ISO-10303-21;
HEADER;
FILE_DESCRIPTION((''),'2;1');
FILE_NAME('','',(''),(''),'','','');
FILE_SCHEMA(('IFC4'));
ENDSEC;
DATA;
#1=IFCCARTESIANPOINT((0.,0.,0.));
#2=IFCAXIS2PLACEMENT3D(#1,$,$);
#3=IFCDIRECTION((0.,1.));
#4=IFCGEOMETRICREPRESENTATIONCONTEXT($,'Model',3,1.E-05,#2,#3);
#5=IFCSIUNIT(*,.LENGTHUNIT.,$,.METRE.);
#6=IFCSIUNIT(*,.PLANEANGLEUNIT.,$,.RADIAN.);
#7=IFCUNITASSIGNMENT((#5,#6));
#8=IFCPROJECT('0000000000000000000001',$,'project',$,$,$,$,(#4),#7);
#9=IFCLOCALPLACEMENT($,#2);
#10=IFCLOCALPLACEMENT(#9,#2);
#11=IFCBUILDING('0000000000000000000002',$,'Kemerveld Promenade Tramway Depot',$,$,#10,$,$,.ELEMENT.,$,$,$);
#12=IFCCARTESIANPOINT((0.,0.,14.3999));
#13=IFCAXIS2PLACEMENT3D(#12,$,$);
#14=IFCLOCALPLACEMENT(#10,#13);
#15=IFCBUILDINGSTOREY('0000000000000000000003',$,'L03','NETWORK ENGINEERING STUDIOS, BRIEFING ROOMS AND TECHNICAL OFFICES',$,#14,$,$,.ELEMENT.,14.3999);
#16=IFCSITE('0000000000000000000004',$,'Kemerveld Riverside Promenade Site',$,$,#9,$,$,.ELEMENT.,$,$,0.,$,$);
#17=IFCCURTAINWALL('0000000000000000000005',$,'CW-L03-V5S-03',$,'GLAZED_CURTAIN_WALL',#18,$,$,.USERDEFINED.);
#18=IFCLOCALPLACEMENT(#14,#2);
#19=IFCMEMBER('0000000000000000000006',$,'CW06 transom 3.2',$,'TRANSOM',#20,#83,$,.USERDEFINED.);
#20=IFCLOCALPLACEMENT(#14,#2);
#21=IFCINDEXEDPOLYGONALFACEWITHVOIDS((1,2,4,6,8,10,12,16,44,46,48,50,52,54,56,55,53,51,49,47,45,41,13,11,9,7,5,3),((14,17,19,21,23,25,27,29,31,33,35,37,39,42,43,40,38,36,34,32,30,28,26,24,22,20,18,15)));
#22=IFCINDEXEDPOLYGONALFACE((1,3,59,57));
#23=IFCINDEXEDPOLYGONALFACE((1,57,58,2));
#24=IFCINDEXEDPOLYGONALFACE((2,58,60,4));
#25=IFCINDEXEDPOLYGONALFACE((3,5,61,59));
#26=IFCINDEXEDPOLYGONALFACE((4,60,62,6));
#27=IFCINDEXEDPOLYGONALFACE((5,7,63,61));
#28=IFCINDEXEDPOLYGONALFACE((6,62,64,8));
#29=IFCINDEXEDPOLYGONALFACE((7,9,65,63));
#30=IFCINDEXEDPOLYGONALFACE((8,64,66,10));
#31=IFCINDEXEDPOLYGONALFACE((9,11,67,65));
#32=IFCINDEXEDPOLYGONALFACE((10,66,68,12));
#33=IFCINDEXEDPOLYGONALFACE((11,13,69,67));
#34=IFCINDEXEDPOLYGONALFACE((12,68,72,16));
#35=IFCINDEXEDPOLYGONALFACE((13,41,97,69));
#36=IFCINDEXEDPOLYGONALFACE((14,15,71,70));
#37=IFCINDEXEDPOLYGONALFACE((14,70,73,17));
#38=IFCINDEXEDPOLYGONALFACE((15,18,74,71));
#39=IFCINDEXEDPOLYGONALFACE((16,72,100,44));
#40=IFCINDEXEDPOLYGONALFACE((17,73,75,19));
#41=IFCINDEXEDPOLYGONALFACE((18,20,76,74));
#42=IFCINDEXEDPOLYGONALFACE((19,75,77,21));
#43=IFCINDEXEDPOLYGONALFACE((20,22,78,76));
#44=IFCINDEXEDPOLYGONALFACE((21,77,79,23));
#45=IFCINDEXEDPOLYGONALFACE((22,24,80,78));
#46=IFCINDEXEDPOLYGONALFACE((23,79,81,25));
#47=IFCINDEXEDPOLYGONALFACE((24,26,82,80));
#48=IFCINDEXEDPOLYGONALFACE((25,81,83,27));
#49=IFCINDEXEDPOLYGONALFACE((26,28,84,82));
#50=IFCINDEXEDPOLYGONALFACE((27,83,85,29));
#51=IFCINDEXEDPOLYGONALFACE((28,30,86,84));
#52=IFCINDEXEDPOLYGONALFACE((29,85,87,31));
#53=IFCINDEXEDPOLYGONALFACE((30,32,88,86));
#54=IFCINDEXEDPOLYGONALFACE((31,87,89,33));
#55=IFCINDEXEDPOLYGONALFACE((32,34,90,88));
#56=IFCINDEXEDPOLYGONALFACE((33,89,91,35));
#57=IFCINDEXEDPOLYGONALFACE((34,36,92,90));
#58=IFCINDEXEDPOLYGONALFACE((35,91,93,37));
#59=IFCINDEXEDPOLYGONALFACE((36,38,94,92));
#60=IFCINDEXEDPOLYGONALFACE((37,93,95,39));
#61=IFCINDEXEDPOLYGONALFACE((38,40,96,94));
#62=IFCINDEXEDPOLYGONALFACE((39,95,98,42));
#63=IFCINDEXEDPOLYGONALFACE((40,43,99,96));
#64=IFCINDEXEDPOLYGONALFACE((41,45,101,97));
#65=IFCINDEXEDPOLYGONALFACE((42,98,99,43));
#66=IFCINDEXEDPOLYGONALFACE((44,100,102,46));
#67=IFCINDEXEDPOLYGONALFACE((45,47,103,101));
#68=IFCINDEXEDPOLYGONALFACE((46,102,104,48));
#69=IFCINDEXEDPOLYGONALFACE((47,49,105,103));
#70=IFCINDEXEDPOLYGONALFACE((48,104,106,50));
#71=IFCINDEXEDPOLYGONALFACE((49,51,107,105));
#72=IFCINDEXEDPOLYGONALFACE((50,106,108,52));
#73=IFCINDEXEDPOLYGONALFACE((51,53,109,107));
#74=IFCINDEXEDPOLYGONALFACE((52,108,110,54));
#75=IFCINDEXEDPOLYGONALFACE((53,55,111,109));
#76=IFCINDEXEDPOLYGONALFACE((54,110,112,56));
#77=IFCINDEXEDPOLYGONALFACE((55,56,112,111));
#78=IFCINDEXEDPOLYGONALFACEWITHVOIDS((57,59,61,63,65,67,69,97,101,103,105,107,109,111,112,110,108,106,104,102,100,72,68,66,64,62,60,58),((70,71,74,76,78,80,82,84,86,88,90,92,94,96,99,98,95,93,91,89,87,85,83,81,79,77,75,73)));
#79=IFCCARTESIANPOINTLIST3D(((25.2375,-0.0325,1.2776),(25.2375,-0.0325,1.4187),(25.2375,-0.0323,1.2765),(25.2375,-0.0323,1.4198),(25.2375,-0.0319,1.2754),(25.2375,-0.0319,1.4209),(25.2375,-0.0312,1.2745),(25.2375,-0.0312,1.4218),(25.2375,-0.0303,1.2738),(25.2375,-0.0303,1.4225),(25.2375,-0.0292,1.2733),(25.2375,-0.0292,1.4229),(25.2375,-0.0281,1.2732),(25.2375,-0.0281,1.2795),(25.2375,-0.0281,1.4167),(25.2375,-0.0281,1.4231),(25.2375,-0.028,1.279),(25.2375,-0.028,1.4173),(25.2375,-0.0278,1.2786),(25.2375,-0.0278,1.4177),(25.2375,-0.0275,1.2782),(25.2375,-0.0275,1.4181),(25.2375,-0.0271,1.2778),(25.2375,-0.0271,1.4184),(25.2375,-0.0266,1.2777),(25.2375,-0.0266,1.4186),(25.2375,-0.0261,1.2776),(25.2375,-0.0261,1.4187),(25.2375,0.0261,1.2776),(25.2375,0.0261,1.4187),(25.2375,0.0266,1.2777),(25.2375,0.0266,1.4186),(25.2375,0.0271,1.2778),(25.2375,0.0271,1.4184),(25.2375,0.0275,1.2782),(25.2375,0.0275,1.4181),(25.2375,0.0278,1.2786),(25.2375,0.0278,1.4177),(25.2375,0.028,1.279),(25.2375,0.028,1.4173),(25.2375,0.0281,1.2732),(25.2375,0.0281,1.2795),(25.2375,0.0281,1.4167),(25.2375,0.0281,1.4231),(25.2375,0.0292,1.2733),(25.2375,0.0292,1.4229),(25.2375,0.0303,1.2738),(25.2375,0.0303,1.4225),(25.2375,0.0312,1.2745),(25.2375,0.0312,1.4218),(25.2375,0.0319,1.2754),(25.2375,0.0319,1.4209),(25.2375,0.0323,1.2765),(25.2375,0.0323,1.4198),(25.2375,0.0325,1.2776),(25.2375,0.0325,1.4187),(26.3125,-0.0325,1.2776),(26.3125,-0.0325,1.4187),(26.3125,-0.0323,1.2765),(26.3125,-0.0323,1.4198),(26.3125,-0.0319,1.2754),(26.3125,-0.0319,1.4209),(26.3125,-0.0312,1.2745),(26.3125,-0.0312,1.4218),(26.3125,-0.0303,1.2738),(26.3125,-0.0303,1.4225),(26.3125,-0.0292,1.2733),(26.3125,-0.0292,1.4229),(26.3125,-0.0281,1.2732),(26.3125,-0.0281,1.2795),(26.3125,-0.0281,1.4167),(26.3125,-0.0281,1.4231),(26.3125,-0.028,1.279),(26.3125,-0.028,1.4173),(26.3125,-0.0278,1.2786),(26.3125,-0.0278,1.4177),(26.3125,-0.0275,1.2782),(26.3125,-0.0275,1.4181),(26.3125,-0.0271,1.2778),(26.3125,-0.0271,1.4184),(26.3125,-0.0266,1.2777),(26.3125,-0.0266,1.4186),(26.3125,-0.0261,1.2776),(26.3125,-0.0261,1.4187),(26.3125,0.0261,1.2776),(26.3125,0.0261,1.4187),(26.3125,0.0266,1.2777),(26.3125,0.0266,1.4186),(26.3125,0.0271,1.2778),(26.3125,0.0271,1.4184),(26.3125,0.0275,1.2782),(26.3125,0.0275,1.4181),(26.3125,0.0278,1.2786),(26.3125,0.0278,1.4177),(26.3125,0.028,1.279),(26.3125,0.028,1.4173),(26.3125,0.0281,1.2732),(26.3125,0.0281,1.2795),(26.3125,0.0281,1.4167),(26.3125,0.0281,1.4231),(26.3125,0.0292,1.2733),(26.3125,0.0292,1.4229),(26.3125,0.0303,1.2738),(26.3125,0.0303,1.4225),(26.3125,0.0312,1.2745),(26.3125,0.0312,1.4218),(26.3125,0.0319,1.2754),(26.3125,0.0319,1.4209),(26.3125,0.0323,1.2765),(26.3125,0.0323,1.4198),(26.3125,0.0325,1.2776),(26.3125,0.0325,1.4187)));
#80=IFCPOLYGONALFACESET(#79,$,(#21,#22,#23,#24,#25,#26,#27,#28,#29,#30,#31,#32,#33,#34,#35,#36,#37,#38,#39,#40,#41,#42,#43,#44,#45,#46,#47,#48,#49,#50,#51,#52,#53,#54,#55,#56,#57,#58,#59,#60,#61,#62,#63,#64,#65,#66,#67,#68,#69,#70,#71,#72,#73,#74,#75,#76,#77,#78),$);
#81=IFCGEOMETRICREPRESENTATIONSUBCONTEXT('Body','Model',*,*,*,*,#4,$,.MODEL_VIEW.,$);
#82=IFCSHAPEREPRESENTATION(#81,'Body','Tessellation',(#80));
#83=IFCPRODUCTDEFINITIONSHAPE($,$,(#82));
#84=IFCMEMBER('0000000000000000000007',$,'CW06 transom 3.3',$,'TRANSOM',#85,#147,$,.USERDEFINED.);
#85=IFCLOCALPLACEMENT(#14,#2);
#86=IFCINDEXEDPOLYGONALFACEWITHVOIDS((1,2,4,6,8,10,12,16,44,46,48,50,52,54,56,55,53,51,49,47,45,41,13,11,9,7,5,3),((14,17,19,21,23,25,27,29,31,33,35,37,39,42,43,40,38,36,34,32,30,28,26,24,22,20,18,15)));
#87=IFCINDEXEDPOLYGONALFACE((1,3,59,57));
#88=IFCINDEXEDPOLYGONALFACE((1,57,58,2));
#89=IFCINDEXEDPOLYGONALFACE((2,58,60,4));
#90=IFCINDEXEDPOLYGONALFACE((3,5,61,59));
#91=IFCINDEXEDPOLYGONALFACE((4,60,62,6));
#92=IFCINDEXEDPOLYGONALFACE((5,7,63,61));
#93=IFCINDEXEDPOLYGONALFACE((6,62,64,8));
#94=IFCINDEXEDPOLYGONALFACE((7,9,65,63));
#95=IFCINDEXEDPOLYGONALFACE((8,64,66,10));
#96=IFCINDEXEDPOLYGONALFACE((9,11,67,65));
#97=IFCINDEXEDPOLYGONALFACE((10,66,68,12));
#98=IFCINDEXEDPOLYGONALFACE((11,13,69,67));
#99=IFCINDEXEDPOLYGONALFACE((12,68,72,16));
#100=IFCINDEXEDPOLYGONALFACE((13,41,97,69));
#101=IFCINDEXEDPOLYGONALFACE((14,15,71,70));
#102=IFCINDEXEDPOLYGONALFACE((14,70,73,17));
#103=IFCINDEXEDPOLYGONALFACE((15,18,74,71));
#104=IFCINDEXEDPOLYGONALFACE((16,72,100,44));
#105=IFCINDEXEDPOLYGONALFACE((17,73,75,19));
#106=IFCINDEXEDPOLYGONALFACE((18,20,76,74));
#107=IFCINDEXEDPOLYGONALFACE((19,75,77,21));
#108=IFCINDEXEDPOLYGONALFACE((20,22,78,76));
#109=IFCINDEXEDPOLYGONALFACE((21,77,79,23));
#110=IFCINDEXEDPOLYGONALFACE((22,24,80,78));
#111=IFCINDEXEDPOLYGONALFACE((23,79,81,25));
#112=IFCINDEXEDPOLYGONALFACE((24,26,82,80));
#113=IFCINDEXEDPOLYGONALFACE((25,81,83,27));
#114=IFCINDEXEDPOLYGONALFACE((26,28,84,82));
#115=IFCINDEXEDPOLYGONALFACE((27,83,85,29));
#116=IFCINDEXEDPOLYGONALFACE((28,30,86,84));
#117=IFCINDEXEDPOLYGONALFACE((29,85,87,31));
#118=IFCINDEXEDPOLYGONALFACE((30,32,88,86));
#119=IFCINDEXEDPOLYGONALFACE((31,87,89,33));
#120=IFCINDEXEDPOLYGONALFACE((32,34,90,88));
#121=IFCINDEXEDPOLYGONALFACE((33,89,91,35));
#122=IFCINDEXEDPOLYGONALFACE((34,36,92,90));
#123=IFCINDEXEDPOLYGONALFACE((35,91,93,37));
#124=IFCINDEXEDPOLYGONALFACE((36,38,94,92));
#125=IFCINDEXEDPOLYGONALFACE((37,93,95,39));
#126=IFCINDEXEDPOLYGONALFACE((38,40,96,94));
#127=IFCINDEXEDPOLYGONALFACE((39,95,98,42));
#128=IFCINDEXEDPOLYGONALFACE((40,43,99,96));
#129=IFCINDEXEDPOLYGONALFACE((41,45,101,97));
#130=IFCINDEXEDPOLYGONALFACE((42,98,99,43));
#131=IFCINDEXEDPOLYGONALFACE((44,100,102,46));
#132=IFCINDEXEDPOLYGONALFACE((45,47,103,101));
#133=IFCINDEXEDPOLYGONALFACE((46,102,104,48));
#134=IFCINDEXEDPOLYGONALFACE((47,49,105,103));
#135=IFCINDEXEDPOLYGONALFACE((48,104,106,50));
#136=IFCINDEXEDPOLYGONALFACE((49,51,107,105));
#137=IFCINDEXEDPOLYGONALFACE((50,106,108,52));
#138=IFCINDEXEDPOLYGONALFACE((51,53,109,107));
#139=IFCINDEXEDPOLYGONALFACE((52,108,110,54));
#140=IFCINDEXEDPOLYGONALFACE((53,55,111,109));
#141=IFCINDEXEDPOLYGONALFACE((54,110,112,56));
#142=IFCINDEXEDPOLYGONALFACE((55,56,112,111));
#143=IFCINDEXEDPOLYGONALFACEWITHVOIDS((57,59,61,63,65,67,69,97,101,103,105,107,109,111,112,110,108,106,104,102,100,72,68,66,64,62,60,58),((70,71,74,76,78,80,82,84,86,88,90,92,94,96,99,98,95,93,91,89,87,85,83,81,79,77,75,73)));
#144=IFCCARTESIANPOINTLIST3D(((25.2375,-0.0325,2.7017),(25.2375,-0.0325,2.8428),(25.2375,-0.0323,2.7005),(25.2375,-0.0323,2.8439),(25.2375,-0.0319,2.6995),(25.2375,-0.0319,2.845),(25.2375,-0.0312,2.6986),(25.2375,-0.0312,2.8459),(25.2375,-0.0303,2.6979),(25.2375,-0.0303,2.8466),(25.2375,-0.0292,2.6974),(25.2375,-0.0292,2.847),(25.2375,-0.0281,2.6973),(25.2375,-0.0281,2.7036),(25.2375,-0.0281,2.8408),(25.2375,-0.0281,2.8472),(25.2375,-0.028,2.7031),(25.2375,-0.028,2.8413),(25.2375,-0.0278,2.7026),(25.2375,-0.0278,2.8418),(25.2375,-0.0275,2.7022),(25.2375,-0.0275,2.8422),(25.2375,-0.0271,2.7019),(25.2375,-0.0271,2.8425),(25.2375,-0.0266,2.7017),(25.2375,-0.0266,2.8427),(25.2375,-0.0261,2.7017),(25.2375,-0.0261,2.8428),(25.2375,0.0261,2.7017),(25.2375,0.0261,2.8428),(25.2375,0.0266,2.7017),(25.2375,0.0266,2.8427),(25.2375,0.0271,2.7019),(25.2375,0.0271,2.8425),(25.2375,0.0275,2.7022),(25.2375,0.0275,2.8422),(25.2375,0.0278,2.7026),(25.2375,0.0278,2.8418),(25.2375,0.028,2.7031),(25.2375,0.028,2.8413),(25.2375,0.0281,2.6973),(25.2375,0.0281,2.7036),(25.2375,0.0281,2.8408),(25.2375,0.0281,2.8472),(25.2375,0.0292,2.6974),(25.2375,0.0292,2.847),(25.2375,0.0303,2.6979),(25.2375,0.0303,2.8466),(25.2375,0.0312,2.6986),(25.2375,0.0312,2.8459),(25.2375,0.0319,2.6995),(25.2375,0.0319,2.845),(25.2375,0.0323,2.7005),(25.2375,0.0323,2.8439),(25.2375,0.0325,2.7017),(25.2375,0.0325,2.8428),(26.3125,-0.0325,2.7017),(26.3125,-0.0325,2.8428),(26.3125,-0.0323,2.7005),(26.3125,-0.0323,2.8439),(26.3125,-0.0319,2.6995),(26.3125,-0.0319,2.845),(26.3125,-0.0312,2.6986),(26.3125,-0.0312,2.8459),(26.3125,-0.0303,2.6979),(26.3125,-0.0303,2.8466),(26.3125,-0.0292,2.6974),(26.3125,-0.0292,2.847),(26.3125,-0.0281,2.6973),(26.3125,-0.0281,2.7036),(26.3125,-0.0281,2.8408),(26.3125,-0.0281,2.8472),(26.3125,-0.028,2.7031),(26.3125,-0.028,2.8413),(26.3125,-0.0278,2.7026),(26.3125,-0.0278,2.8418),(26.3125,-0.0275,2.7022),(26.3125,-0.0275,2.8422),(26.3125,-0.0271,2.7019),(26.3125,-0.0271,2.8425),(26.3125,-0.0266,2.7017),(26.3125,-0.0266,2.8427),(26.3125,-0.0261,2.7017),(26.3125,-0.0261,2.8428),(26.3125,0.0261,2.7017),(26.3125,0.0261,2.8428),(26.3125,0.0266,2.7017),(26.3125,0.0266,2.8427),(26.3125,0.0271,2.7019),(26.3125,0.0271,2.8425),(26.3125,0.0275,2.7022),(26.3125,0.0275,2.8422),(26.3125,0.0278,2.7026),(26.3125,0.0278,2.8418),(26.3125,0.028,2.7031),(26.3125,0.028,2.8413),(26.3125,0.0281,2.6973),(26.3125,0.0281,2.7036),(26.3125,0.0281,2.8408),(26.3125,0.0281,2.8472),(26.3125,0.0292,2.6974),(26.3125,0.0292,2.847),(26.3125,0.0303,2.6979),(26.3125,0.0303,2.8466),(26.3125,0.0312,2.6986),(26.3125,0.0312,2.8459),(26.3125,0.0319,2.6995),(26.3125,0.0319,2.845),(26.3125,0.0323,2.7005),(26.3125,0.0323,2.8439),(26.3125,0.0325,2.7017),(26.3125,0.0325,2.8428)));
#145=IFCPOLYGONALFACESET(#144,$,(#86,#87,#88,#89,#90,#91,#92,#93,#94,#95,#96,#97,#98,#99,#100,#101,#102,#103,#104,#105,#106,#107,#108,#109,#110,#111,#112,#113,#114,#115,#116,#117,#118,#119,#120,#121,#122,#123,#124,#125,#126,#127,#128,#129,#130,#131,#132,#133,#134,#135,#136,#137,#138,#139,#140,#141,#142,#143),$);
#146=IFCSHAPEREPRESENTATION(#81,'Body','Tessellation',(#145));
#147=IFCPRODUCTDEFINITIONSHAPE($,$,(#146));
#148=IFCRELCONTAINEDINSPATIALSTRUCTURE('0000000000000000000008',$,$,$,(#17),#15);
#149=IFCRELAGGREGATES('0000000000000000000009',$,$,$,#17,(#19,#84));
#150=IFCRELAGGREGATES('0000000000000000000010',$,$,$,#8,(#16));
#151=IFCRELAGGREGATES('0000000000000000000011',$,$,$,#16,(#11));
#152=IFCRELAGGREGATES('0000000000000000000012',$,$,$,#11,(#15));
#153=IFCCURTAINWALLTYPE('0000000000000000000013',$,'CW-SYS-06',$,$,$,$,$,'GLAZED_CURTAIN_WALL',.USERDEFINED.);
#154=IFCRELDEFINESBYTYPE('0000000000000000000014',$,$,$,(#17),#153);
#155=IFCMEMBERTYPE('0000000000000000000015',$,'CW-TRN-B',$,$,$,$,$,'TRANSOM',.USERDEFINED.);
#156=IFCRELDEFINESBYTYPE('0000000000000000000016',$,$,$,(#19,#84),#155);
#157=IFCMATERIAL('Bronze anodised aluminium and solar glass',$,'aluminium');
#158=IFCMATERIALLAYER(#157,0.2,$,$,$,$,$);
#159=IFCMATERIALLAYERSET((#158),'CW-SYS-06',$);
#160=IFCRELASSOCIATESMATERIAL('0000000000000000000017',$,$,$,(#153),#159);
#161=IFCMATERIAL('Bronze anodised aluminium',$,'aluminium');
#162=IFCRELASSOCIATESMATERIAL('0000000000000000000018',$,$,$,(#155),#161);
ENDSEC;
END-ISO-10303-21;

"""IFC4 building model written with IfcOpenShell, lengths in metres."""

from ifc_helpers import new_model, si_unit, direction, frame, origin, origin_2d, place, context, subcontext, project, spatial, hollow_rectangle, extrude, material, layer, layer_set, material_profile, profile_set, type_object, element, aggregate, save


model = new_model("IFC4")

# Units and contexts
model_context = context("Model", 3, precision=1e-05, world=origin(), true_north=direction((0.0, 1.0)))
body_context = subcontext(model_context, "Body", "Model", "MODEL_VIEW")
ifc_project = project(units=[si_unit("LENGTHUNIT", "METRE"), si_unit("PLANEANGLEUNIT", "RADIAN")], contexts=[model_context])

# Site, building, storey
site_placement = place(None, origin())
site = spatial("IfcSite", under=ifc_project, at=site_placement, Name="Kemerveld Riverside Promenade Site", CompositionType="ELEMENT", RefElevation=0.0)
building_placement = place(site_placement, origin())
building = spatial("IfcBuilding", under=site, at=building_placement, Name="Kemerveld Promenade Tramway Depot", CompositionType="ELEMENT")
storey_placement = place(building_placement, frame((0.0, 0.0, 14.3999)))
storey = spatial("IfcBuildingStorey", under=building, at=storey_placement, Name="L03", Description="NETWORK ENGINEERING STUDIOS, BRIEFING ROOMS AND TECHNICAL OFFICES", CompositionType="ELEMENT", Elevation=14.3999)

# Curtain wall, members
ifc_material_1 = material(Name="Bronze anodised aluminium and solar glass", Category="aluminium")
ifc_layer_1 = layer(ifc_material_1, 0.2)
ifc_layer_set_1 = layer_set([ifc_layer_1], Name="CW-SYS-06")
curtain_wall_type = type_object("IfcCurtainWallType", Name="CW-SYS-06", ElementType="GLAZED_CURTAIN_WALL", PredefinedType="USERDEFINED", material=ifc_layer_set_1)
curtain_wall_placement = place(storey_placement, origin())
curtain_wall = element("IfcCurtainWall", 1, at=curtain_wall_placement, inside=storey, type_object=curtain_wall_type, Name="CW-L03-V5S-03", ObjectType="GLAZED_CURTAIN_WALL", PredefinedType="USERDEFINED")
ifc_material_2 = material(Name="Bronze anodised aluminium", Category="aluminium")
ifc_material_profile_1 = material_profile(ifc_material_2, hollow_rectangle(XDim=0.0649, YDim=0.1499, WallThickness=0.0044, InnerFilletRadius=0.002, OuterFilletRadius=0.0044, at=origin_2d()), Name="CW-TRN-150x65")
ifc_profile_set_1 = profile_set([ifc_material_profile_1], Name="Bronze anodised aluminium")
member_type_1 = type_object("IfcMemberType", Name="CW-TRN-B", ElementType="TRANSOM", PredefinedType="USERDEFINED", material=ifc_profile_set_1)
member_1_placement = place(storey_placement, frame((26.3125, 0.0, 1.3481), z_axis=(-1.0, 0.0, 0.0), x_axis=(0.0, -1.0, 0.0)))
member_1 = element("IfcMember", 2, at=member_1_placement, type_object=member_type_1, Name="CW06 transom 3.2", ObjectType="TRANSOM", PredefinedType="USERDEFINED", context=body_context, shape_type="SweptSolid", body=[
    extrude(hollow_rectangle(XDim=0.0649, YDim=0.1499, WallThickness=0.0044, InnerFilletRadius=0.002, OuterFilletRadius=0.0044, at=origin_2d()), origin(), (0.0, 0.0, 1.0), 1.075),
])
member_2_placement = place(storey_placement, frame((26.3125, 0.0, 2.7722), z_axis=(-1.0, 0.0, 0.0), x_axis=(0.0, -1.0, 0.0)))
member_2 = element("IfcMember", 3, at=member_2_placement, type_object=member_type_1, Name="CW06 transom 3.3", ObjectType="TRANSOM", PredefinedType="USERDEFINED", context=body_context, shape_type="SweptSolid", body=[
    extrude(hollow_rectangle(XDim=0.0649, YDim=0.1499, WallThickness=0.0044, InnerFilletRadius=0.002, OuterFilletRadius=0.0044, at=origin_2d()), origin(), (0.0, 0.0, 1.0), 1.075),
])
aggregate(curtain_wall, [member_1, member_2])

save(model, "model.ifc")
